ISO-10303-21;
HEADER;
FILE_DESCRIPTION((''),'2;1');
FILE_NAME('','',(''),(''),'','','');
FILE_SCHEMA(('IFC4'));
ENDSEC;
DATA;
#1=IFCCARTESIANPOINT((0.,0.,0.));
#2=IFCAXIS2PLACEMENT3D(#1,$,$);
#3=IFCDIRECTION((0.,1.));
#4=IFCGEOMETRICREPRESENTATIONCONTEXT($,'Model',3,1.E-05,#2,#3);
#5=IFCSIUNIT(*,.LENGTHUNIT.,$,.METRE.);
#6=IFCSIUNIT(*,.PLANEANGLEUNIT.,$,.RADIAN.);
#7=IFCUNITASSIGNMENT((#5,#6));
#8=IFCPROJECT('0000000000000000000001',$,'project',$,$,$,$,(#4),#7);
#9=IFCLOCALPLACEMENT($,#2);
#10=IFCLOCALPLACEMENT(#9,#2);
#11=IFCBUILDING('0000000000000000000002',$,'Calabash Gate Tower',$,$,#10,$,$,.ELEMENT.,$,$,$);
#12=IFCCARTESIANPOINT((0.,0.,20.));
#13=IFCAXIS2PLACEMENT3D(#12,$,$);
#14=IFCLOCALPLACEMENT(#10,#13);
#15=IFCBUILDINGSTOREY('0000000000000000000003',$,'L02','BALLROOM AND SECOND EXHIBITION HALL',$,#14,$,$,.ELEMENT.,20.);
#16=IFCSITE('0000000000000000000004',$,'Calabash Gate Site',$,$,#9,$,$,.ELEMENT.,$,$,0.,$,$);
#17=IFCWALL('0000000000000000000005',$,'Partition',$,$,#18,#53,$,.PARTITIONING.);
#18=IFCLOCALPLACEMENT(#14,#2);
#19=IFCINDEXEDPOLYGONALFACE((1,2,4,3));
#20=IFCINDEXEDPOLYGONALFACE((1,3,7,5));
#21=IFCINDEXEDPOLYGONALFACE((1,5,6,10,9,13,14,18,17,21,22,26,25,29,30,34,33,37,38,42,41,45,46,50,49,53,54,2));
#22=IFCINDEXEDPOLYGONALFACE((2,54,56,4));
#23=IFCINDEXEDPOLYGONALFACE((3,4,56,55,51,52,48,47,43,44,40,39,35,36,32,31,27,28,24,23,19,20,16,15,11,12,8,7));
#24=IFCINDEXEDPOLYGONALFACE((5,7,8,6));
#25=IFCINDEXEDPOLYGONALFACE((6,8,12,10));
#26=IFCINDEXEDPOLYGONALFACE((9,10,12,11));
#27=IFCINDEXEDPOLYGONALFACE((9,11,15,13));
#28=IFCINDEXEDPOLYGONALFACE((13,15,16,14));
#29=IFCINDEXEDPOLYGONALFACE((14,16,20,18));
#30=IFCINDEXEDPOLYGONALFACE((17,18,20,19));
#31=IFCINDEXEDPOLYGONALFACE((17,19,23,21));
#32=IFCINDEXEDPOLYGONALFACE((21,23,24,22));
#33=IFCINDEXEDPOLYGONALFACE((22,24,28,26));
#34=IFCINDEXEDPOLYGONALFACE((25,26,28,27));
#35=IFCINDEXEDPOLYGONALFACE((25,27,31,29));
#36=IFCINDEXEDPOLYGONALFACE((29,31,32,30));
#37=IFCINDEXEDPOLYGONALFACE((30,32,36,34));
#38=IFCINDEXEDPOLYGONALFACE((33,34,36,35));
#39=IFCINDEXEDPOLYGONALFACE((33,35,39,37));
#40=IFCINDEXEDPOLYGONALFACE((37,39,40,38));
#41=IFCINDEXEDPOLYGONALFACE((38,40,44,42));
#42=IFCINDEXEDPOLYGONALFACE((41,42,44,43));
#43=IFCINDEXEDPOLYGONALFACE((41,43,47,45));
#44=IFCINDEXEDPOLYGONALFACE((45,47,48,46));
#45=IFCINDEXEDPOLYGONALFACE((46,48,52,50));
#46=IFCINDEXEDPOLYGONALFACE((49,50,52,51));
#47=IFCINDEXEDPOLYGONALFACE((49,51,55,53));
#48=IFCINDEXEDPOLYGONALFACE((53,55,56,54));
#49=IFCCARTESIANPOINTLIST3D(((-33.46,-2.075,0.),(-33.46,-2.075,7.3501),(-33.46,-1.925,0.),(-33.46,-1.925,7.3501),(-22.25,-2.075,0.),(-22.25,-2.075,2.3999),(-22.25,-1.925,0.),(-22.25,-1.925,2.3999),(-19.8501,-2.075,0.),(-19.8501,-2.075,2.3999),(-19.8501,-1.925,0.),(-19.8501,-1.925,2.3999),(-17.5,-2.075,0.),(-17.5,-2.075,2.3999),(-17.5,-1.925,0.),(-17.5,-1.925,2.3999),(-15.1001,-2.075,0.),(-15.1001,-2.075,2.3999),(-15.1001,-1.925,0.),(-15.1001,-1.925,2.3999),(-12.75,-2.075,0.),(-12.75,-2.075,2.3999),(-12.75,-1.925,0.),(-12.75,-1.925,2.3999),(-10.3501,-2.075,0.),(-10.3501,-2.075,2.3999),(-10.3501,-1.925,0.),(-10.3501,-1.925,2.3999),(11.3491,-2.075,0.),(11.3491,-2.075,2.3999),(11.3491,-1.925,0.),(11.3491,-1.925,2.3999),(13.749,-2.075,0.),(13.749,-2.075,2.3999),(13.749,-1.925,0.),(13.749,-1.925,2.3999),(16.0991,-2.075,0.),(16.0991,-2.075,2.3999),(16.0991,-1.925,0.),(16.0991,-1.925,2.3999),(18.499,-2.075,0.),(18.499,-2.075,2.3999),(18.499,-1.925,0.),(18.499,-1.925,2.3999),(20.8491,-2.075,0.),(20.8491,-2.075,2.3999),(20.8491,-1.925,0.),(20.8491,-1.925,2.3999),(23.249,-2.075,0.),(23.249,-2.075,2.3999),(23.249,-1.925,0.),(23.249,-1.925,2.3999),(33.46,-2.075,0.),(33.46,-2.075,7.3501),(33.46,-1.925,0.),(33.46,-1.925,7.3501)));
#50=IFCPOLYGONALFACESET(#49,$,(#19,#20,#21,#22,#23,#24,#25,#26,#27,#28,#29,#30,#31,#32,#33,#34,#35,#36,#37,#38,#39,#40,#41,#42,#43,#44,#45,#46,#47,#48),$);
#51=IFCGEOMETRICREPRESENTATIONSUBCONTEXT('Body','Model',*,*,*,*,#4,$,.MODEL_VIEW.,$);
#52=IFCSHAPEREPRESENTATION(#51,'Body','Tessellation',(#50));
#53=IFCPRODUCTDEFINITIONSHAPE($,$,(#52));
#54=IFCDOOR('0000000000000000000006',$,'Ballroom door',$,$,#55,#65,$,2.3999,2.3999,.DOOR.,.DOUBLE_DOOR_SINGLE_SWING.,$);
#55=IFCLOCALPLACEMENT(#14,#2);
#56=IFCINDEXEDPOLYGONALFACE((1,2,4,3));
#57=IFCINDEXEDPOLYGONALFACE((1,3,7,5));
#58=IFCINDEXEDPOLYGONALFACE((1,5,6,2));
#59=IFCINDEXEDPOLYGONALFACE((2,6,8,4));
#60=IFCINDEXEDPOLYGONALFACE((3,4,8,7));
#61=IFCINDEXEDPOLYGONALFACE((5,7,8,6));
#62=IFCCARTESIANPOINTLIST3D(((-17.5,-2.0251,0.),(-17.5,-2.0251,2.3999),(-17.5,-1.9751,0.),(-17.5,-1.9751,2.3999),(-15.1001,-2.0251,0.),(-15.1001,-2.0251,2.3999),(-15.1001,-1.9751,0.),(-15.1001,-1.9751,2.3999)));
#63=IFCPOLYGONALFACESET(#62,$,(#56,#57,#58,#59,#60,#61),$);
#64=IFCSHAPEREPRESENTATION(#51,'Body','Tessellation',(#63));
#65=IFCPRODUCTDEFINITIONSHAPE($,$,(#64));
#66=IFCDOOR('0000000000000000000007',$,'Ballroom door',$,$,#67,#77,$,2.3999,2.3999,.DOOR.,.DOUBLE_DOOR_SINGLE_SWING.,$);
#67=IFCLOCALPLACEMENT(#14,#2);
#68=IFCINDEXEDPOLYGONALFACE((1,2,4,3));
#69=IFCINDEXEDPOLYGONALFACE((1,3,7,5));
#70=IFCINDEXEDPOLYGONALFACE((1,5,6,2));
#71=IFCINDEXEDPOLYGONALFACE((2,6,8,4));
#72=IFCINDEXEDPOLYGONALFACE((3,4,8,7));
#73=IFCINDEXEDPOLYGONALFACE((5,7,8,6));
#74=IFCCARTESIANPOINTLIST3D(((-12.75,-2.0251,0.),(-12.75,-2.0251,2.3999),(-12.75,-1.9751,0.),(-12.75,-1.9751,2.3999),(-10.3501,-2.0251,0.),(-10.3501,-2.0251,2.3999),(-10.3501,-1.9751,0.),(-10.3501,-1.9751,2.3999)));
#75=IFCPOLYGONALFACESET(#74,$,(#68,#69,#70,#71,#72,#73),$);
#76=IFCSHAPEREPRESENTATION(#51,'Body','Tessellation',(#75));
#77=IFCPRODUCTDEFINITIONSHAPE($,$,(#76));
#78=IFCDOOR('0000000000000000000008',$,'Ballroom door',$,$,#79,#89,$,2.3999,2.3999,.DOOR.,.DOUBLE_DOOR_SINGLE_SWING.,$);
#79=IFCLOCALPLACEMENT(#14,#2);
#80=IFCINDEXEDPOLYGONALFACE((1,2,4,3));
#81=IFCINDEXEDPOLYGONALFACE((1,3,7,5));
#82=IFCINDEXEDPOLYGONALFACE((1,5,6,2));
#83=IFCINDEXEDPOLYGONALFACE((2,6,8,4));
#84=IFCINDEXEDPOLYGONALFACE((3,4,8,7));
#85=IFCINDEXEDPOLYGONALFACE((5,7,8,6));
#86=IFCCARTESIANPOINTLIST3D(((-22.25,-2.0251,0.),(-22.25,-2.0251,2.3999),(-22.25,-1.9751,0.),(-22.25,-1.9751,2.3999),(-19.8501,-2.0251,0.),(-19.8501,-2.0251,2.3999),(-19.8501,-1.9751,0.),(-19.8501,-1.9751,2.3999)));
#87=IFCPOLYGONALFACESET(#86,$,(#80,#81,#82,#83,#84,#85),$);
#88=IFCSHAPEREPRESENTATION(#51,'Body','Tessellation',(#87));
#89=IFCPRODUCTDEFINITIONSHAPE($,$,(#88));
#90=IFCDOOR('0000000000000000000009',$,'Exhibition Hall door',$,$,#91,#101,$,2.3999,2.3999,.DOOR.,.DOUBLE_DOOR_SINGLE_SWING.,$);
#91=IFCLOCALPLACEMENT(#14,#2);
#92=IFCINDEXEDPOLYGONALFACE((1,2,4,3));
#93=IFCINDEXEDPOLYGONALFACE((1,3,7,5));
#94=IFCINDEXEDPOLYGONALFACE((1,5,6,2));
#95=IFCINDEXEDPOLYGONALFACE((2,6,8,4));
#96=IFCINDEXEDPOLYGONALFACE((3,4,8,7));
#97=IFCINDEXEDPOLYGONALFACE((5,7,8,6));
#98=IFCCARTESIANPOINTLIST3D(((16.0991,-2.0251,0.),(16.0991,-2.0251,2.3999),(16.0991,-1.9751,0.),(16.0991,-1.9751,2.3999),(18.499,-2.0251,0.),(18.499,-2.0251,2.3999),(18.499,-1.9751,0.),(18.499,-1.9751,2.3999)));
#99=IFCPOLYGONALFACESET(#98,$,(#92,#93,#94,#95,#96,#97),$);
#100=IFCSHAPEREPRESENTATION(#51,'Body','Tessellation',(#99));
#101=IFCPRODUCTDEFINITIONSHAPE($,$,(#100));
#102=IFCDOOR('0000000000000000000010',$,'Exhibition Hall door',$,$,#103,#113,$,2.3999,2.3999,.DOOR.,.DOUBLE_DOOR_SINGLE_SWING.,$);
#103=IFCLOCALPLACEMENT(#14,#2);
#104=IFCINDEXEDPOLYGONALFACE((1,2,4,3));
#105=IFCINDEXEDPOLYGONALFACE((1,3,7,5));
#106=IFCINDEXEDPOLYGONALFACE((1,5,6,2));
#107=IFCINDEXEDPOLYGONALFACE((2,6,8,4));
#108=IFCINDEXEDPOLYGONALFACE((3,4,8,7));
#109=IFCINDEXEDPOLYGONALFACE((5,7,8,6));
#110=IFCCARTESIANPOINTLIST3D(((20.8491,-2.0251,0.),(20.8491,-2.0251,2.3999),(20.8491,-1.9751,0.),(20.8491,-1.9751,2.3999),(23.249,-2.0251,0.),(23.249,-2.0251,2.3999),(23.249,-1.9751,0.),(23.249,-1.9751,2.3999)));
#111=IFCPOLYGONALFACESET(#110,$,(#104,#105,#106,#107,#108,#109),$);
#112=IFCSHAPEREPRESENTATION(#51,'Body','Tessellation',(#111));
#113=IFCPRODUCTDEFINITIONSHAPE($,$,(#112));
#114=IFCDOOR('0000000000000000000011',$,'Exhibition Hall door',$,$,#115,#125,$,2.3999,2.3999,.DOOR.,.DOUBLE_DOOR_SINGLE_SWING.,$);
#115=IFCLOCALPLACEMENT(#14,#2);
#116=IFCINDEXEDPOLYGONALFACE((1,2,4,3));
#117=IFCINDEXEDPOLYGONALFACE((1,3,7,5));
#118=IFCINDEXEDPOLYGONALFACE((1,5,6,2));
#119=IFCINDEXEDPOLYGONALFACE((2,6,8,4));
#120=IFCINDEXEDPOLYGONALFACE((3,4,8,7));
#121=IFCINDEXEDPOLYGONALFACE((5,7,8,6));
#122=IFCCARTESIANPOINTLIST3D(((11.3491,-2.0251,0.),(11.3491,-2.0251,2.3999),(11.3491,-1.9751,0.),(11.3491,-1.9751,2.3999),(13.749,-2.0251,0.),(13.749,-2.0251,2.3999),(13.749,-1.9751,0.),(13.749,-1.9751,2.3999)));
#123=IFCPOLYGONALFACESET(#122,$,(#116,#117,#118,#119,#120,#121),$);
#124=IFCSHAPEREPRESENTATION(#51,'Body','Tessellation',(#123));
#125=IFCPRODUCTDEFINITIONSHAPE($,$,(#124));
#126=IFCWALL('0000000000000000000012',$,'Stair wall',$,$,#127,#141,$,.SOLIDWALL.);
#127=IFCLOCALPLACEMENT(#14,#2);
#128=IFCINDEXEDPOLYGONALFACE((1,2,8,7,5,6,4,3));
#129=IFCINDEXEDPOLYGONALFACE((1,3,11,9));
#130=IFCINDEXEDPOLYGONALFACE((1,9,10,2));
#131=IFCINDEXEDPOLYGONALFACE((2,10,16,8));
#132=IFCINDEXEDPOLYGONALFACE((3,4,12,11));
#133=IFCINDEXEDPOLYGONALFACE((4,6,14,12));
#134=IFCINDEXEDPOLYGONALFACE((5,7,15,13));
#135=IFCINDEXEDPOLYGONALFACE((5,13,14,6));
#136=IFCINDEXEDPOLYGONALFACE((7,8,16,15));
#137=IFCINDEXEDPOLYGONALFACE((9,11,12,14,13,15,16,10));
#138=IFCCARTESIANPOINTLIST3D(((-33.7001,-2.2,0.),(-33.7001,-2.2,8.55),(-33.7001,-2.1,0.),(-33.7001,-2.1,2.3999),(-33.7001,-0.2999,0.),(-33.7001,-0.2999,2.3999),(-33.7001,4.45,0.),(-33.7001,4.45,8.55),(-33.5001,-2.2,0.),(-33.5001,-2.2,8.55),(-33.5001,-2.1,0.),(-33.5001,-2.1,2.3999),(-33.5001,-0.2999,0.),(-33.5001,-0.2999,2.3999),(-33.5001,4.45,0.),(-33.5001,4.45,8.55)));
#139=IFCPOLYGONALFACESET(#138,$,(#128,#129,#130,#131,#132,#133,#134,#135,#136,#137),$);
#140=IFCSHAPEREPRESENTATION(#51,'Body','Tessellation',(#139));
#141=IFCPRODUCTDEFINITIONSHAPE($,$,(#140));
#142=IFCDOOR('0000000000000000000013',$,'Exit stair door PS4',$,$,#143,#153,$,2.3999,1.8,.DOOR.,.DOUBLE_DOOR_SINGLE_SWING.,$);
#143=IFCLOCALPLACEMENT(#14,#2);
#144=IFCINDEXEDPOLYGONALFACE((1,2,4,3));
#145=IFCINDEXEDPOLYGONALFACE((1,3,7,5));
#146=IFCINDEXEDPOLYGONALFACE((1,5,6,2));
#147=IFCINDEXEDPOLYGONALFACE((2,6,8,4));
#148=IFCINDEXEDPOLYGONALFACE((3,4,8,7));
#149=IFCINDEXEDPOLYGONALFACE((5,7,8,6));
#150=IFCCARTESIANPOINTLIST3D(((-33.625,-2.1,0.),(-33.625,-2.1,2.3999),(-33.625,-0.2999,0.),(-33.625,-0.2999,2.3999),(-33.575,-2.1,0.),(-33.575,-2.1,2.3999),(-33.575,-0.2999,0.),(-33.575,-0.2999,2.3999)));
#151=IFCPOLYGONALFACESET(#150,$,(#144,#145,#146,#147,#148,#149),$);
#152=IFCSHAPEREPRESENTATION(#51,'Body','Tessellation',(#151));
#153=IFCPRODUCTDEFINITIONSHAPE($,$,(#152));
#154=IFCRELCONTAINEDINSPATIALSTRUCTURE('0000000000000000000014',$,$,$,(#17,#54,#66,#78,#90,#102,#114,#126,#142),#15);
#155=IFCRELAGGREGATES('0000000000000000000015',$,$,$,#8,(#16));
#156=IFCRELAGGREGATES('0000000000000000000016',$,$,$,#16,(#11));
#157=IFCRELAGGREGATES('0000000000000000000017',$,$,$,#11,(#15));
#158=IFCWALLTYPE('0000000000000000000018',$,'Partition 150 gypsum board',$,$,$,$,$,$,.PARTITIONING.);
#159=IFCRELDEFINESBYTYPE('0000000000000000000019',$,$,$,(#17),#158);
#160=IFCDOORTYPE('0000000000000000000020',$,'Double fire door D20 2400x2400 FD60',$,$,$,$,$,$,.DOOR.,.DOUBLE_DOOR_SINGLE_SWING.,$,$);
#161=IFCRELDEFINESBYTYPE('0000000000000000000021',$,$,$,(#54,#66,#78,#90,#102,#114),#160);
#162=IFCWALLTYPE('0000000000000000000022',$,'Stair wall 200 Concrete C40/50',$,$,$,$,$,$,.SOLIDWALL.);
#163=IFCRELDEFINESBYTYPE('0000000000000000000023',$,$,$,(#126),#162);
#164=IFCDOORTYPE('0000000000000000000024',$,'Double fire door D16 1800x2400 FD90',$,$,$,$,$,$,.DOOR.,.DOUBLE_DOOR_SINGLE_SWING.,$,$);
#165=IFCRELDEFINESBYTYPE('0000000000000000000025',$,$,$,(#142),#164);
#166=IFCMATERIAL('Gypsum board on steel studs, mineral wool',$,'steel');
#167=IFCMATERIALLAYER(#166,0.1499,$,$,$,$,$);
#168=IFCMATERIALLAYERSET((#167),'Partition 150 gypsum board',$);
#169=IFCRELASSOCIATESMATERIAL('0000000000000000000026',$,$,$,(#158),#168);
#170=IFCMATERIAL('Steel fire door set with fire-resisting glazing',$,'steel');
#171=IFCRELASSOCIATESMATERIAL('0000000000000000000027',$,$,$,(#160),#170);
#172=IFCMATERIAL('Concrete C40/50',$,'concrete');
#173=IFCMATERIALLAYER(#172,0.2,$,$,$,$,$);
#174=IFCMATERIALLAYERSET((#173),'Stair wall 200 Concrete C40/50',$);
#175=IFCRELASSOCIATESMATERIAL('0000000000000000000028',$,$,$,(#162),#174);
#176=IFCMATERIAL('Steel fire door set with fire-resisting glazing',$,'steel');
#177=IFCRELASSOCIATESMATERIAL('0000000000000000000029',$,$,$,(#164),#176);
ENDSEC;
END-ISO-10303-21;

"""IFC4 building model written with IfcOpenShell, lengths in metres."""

from ifc_helpers import new_model, si_unit, direction, frame, frame_2d, origin, place, context, subcontext, project, spatial, rectangle, extrude, material, layer, layer_set, type_object, element, fill, save


model = new_model("IFC4")

# Units and contexts
model_context = context("Model", 3, precision=1e-05, world=origin(), true_north=direction((0.0, 1.0)))
body_context = subcontext(model_context, "Body", "Model", "MODEL_VIEW")
ifc_project = project(units=[si_unit("LENGTHUNIT", "METRE"), si_unit("PLANEANGLEUNIT", "RADIAN")], contexts=[model_context])

# Site, building, storey
site_placement = place(None, origin())
site = spatial("IfcSite", under=ifc_project, at=site_placement, Name="Calabash Gate Site", CompositionType="ELEMENT", RefElevation=0.0)
building_placement = place(site_placement, origin())
building = spatial("IfcBuilding", under=site, at=building_placement, Name="Calabash Gate Tower", CompositionType="ELEMENT")
storey_placement = place(building_placement, frame((0.0, 0.0, 20.0)))
storey = spatial("IfcBuildingStorey", under=building, at=storey_placement, Name="L02", Description="BALLROOM AND SECOND EXHIBITION HALL", CompositionType="ELEMENT", Elevation=20.0)

# Wall, openings, doors
ifc_material_1 = material(Name="Gypsum board on steel studs, mineral wool", Category="steel")
ifc_layer_1 = layer(ifc_material_1, 0.1499)
ifc_layer_set_1 = layer_set([ifc_layer_1], Name="Partition 150 gypsum board")
wall_type_1 = type_object("IfcWallType", Name="Partition 150 gypsum board", PredefinedType="PARTITIONING", material=ifc_layer_set_1)
wall_1_placement = place(storey_placement, frame((-33.46, -2.0, 0.0), z_axis=(0.0, 0.0, 1.0), x_axis=(1.0, 0.0, 0.0)))
wall_1 = element("IfcWall", 1, at=wall_1_placement, inside=storey, type_object=wall_type_1, Name="Partition", PredefinedType="PARTITIONING", context=body_context, shape_type="SweptSolid", body=[
    extrude(rectangle(XDim=66.9199, YDim=0.1499, at=frame_2d((33.46, 0.0))), origin(), (0.0, 0.0, 1.0), 7.3501),
])
opening_1_placement = place(wall_1_placement, frame((15.96, 0.0, 0.0)))
opening_1 = element("IfcOpeningElement", 2, at=opening_1_placement, cuts=wall_1, PredefinedType="OPENING", context=body_context, shape_type="SweptSolid", body=[
    extrude(rectangle(XDim=2.3999, YDim=2.3999, at=frame_2d((1.2, 1.2))), frame((0.0, 0.085, 0.0), z_axis=(0.0, -1.0, 0.0), x_axis=(1.0, 0.0, 0.0)), (0.0, 0.0, 1.0), 0.1699),
])
opening_2_placement = place(wall_1_placement, frame((20.71, 0.0, 0.0)))
opening_2 = element("IfcOpeningElement", 3, at=opening_2_placement, cuts=wall_1, PredefinedType="OPENING", context=body_context, shape_type="SweptSolid", body=[
    extrude(rectangle(XDim=2.3999, YDim=2.3999, at=frame_2d((1.2, 1.2))), frame((0.0, 0.085, 0.0), z_axis=(0.0, -1.0, 0.0), x_axis=(1.0, 0.0, 0.0)), (0.0, 0.0, 1.0), 0.1699),
])
opening_3_placement = place(wall_1_placement, frame((11.21, 0.0, 0.0)))
opening_3 = element("IfcOpeningElement", 4, at=opening_3_placement, cuts=wall_1, PredefinedType="OPENING", context=body_context, shape_type="SweptSolid", body=[
    extrude(rectangle(XDim=2.3999, YDim=2.3999, at=frame_2d((1.2, 1.2))), frame((0.0, 0.085, 0.0), z_axis=(0.0, -1.0, 0.0), x_axis=(1.0, 0.0, 0.0)), (0.0, 0.0, 1.0), 0.1699),
])
opening_4_placement = place(wall_1_placement, frame((49.5591, 0.0, 0.0)))
opening_4 = element("IfcOpeningElement", 5, at=opening_4_placement, cuts=wall_1, PredefinedType="OPENING", context=body_context, shape_type="SweptSolid", body=[
    extrude(rectangle(XDim=2.3999, YDim=2.3999, at=frame_2d((1.2, 1.2))), frame((0.0, 0.085, 0.0), z_axis=(0.0, -1.0, 0.0), x_axis=(1.0, 0.0, 0.0)), (0.0, 0.0, 1.0), 0.1699),
])
opening_5_placement = place(wall_1_placement, frame((54.3091, 0.0, 0.0)))
opening_5 = element("IfcOpeningElement", 6, at=opening_5_placement, cuts=wall_1, PredefinedType="OPENING", context=body_context, shape_type="SweptSolid", body=[
    extrude(rectangle(XDim=2.3999, YDim=2.3999, at=frame_2d((1.2, 1.2))), frame((0.0, 0.085, 0.0), z_axis=(0.0, -1.0, 0.0), x_axis=(1.0, 0.0, 0.0)), (0.0, 0.0, 1.0), 0.1699),
])
opening_6_placement = place(wall_1_placement, frame((44.8091, 0.0, 0.0)))
opening_6 = element("IfcOpeningElement", 7, at=opening_6_placement, cuts=wall_1, PredefinedType="OPENING", context=body_context, shape_type="SweptSolid", body=[
    extrude(rectangle(XDim=2.3999, YDim=2.3999, at=frame_2d((1.2, 1.2))), frame((0.0, 0.085, 0.0), z_axis=(0.0, -1.0, 0.0), x_axis=(1.0, 0.0, 0.0)), (0.0, 0.0, 1.0), 0.1699),
])
ifc_material_2 = material(Name="Steel fire door set with fire-resisting glazing", Category="steel")
door_type_1 = type_object("IfcDoorType", Name="Double fire door D20 2400x2400 FD60", OperationType="DOUBLE_DOOR_SINGLE_SWING", PredefinedType="DOOR", material=ifc_material_2)
door_1_placement = place(opening_1_placement, origin())
door_1 = element("IfcDoor", 8, at=door_1_placement, inside=storey, type_object=door_type_1, Name="Ballroom door", OperationType="DOUBLE_DOOR_SINGLE_SWING", OverallHeight=2.3999, OverallWidth=2.3999, PredefinedType="DOOR", context=body_context, shape_type="SweptSolid", body=[
    extrude(rectangle(XDim=2.3999, YDim=2.3999, at=frame_2d((1.2, 1.2))), frame((0.0, 0.0249, 0.0), z_axis=(0.0, -1.0, 0.0), x_axis=(1.0, 0.0, 0.0)), (0.0, 0.0, 1.0), 0.05),
])
fill(opening_1, door_1)
door_2_placement = place(opening_2_placement, origin())
door_2 = element("IfcDoor", 9, at=door_2_placement, inside=storey, type_object=door_type_1, Name="Ballroom door", OperationType="DOUBLE_DOOR_SINGLE_SWING", OverallHeight=2.3999, OverallWidth=2.3999, PredefinedType="DOOR", context=body_context, shape_type="SweptSolid", body=[
    extrude(rectangle(XDim=2.3999, YDim=2.3999, at=frame_2d((1.2, 1.2))), frame((0.0, 0.0249, 0.0), z_axis=(0.0, -1.0, 0.0), x_axis=(1.0, 0.0, 0.0)), (0.0, 0.0, 1.0), 0.05),
])
fill(opening_2, door_2)
door_3_placement = place(opening_3_placement, origin())
door_3 = element("IfcDoor", 10, at=door_3_placement, inside=storey, type_object=door_type_1, Name="Ballroom door", OperationType="DOUBLE_DOOR_SINGLE_SWING", OverallHeight=2.3999, OverallWidth=2.3999, PredefinedType="DOOR", context=body_context, shape_type="SweptSolid", body=[
    extrude(rectangle(XDim=2.3999, YDim=2.3999, at=frame_2d((1.2, 1.2))), frame((0.0, 0.0249, 0.0), z_axis=(0.0, -1.0, 0.0), x_axis=(1.0, 0.0, 0.0)), (0.0, 0.0, 1.0), 0.05),
])
fill(opening_3, door_3)
door_4_placement = place(opening_4_placement, origin())
door_4 = element("IfcDoor", 11, at=door_4_placement, inside=storey, type_object=door_type_1, Name="Exhibition Hall door", OperationType="DOUBLE_DOOR_SINGLE_SWING", OverallHeight=2.3999, OverallWidth=2.3999, PredefinedType="DOOR", context=body_context, shape_type="SweptSolid", body=[
    extrude(rectangle(XDim=2.3999, YDim=2.3999, at=frame_2d((1.2, 1.2))), frame((0.0, 0.0249, 0.0), z_axis=(0.0, -1.0, 0.0), x_axis=(1.0, 0.0, 0.0)), (0.0, 0.0, 1.0), 0.05),
])
fill(opening_4, door_4)
door_5_placement = place(opening_5_placement, origin())
door_5 = element("IfcDoor", 12, at=door_5_placement, inside=storey, type_object=door_type_1, Name="Exhibition Hall door", OperationType="DOUBLE_DOOR_SINGLE_SWING", OverallHeight=2.3999, OverallWidth=2.3999, PredefinedType="DOOR", context=body_context, shape_type="SweptSolid", body=[
    extrude(rectangle(XDim=2.3999, YDim=2.3999, at=frame_2d((1.2, 1.2))), frame((0.0, 0.0249, 0.0), z_axis=(0.0, -1.0, 0.0), x_axis=(1.0, 0.0, 0.0)), (0.0, 0.0, 1.0), 0.05),
])
fill(opening_5, door_5)
door_6_placement = place(opening_6_placement, origin())
door_6 = element("IfcDoor", 13, at=door_6_placement, inside=storey, type_object=door_type_1, Name="Exhibition Hall door", OperationType="DOUBLE_DOOR_SINGLE_SWING", OverallHeight=2.3999, OverallWidth=2.3999, PredefinedType="DOOR", context=body_context, shape_type="SweptSolid", body=[
    extrude(rectangle(XDim=2.3999, YDim=2.3999, at=frame_2d((1.2, 1.2))), frame((0.0, 0.0249, 0.0), z_axis=(0.0, -1.0, 0.0), x_axis=(1.0, 0.0, 0.0)), (0.0, 0.0, 1.0), 0.05),
])
fill(opening_6, door_6)

# Wall, opening, door
ifc_material_3 = material(Name="Concrete C40/50", Category="concrete")
ifc_layer_2 = layer(ifc_material_3, 0.2)
ifc_layer_set_2 = layer_set([ifc_layer_2], Name="Stair wall 200 Concrete C40/50")
wall_type_2 = type_object("IfcWallType", Name="Stair wall 200 Concrete C40/50", PredefinedType="SOLIDWALL", material=ifc_layer_set_2)
wall_2_placement = place(storey_placement, frame((-33.6001, -2.2, 0.0), z_axis=(0.0, 0.0, 1.0), x_axis=(0.0, 1.0, 0.0)))
wall_2 = element("IfcWall", 14, at=wall_2_placement, inside=storey, type_object=wall_type_2, Name="Stair wall", PredefinedType="SOLIDWALL", context=body_context, shape_type="SweptSolid", body=[
    extrude(rectangle(XDim=6.6499, YDim=0.2, at=frame_2d((3.325, 0.0))), origin(), (0.0, 0.0, 1.0), 8.55),
])
opening_7_placement = place(wall_2_placement, frame((0.1001, 0.0, 0.0)))
opening_7 = element("IfcOpeningElement", 15, at=opening_7_placement, cuts=wall_2, PredefinedType="OPENING", context=body_context, shape_type="SweptSolid", body=[
    extrude(rectangle(XDim=1.8, YDim=2.3999, at=frame_2d((0.8999, 1.2))), frame((0.0, 0.1099, 0.0), z_axis=(0.0, -1.0, 0.0), x_axis=(1.0, 0.0, 0.0)), (0.0, 0.0, 1.0), 0.22),
])
ifc_material_4 = material(Name="Steel fire door set with fire-resisting glazing", Category="steel")
door_type_2 = type_object("IfcDoorType", Name="Double fire door D16 1800x2400 FD90", OperationType="DOUBLE_DOOR_SINGLE_SWING", PredefinedType="DOOR", material=ifc_material_4)
door_7_placement = place(opening_7_placement, origin())
door_7 = element("IfcDoor", 16, at=door_7_placement, inside=storey, type_object=door_type_2, Name="Exit stair door PS4", OperationType="DOUBLE_DOOR_SINGLE_SWING", OverallHeight=2.3999, OverallWidth=1.8, PredefinedType="DOOR", context=body_context, shape_type="SweptSolid", body=[
    extrude(rectangle(XDim=1.8, YDim=2.3999, at=frame_2d((0.8999, 1.2))), frame((0.0, 0.0249, 0.0), z_axis=(0.0, -1.0, 0.0), x_axis=(1.0, 0.0, 0.0)), (0.0, 0.0, 1.0), 0.05),
])
fill(opening_7, door_7)

save(model, "model.ifc")
